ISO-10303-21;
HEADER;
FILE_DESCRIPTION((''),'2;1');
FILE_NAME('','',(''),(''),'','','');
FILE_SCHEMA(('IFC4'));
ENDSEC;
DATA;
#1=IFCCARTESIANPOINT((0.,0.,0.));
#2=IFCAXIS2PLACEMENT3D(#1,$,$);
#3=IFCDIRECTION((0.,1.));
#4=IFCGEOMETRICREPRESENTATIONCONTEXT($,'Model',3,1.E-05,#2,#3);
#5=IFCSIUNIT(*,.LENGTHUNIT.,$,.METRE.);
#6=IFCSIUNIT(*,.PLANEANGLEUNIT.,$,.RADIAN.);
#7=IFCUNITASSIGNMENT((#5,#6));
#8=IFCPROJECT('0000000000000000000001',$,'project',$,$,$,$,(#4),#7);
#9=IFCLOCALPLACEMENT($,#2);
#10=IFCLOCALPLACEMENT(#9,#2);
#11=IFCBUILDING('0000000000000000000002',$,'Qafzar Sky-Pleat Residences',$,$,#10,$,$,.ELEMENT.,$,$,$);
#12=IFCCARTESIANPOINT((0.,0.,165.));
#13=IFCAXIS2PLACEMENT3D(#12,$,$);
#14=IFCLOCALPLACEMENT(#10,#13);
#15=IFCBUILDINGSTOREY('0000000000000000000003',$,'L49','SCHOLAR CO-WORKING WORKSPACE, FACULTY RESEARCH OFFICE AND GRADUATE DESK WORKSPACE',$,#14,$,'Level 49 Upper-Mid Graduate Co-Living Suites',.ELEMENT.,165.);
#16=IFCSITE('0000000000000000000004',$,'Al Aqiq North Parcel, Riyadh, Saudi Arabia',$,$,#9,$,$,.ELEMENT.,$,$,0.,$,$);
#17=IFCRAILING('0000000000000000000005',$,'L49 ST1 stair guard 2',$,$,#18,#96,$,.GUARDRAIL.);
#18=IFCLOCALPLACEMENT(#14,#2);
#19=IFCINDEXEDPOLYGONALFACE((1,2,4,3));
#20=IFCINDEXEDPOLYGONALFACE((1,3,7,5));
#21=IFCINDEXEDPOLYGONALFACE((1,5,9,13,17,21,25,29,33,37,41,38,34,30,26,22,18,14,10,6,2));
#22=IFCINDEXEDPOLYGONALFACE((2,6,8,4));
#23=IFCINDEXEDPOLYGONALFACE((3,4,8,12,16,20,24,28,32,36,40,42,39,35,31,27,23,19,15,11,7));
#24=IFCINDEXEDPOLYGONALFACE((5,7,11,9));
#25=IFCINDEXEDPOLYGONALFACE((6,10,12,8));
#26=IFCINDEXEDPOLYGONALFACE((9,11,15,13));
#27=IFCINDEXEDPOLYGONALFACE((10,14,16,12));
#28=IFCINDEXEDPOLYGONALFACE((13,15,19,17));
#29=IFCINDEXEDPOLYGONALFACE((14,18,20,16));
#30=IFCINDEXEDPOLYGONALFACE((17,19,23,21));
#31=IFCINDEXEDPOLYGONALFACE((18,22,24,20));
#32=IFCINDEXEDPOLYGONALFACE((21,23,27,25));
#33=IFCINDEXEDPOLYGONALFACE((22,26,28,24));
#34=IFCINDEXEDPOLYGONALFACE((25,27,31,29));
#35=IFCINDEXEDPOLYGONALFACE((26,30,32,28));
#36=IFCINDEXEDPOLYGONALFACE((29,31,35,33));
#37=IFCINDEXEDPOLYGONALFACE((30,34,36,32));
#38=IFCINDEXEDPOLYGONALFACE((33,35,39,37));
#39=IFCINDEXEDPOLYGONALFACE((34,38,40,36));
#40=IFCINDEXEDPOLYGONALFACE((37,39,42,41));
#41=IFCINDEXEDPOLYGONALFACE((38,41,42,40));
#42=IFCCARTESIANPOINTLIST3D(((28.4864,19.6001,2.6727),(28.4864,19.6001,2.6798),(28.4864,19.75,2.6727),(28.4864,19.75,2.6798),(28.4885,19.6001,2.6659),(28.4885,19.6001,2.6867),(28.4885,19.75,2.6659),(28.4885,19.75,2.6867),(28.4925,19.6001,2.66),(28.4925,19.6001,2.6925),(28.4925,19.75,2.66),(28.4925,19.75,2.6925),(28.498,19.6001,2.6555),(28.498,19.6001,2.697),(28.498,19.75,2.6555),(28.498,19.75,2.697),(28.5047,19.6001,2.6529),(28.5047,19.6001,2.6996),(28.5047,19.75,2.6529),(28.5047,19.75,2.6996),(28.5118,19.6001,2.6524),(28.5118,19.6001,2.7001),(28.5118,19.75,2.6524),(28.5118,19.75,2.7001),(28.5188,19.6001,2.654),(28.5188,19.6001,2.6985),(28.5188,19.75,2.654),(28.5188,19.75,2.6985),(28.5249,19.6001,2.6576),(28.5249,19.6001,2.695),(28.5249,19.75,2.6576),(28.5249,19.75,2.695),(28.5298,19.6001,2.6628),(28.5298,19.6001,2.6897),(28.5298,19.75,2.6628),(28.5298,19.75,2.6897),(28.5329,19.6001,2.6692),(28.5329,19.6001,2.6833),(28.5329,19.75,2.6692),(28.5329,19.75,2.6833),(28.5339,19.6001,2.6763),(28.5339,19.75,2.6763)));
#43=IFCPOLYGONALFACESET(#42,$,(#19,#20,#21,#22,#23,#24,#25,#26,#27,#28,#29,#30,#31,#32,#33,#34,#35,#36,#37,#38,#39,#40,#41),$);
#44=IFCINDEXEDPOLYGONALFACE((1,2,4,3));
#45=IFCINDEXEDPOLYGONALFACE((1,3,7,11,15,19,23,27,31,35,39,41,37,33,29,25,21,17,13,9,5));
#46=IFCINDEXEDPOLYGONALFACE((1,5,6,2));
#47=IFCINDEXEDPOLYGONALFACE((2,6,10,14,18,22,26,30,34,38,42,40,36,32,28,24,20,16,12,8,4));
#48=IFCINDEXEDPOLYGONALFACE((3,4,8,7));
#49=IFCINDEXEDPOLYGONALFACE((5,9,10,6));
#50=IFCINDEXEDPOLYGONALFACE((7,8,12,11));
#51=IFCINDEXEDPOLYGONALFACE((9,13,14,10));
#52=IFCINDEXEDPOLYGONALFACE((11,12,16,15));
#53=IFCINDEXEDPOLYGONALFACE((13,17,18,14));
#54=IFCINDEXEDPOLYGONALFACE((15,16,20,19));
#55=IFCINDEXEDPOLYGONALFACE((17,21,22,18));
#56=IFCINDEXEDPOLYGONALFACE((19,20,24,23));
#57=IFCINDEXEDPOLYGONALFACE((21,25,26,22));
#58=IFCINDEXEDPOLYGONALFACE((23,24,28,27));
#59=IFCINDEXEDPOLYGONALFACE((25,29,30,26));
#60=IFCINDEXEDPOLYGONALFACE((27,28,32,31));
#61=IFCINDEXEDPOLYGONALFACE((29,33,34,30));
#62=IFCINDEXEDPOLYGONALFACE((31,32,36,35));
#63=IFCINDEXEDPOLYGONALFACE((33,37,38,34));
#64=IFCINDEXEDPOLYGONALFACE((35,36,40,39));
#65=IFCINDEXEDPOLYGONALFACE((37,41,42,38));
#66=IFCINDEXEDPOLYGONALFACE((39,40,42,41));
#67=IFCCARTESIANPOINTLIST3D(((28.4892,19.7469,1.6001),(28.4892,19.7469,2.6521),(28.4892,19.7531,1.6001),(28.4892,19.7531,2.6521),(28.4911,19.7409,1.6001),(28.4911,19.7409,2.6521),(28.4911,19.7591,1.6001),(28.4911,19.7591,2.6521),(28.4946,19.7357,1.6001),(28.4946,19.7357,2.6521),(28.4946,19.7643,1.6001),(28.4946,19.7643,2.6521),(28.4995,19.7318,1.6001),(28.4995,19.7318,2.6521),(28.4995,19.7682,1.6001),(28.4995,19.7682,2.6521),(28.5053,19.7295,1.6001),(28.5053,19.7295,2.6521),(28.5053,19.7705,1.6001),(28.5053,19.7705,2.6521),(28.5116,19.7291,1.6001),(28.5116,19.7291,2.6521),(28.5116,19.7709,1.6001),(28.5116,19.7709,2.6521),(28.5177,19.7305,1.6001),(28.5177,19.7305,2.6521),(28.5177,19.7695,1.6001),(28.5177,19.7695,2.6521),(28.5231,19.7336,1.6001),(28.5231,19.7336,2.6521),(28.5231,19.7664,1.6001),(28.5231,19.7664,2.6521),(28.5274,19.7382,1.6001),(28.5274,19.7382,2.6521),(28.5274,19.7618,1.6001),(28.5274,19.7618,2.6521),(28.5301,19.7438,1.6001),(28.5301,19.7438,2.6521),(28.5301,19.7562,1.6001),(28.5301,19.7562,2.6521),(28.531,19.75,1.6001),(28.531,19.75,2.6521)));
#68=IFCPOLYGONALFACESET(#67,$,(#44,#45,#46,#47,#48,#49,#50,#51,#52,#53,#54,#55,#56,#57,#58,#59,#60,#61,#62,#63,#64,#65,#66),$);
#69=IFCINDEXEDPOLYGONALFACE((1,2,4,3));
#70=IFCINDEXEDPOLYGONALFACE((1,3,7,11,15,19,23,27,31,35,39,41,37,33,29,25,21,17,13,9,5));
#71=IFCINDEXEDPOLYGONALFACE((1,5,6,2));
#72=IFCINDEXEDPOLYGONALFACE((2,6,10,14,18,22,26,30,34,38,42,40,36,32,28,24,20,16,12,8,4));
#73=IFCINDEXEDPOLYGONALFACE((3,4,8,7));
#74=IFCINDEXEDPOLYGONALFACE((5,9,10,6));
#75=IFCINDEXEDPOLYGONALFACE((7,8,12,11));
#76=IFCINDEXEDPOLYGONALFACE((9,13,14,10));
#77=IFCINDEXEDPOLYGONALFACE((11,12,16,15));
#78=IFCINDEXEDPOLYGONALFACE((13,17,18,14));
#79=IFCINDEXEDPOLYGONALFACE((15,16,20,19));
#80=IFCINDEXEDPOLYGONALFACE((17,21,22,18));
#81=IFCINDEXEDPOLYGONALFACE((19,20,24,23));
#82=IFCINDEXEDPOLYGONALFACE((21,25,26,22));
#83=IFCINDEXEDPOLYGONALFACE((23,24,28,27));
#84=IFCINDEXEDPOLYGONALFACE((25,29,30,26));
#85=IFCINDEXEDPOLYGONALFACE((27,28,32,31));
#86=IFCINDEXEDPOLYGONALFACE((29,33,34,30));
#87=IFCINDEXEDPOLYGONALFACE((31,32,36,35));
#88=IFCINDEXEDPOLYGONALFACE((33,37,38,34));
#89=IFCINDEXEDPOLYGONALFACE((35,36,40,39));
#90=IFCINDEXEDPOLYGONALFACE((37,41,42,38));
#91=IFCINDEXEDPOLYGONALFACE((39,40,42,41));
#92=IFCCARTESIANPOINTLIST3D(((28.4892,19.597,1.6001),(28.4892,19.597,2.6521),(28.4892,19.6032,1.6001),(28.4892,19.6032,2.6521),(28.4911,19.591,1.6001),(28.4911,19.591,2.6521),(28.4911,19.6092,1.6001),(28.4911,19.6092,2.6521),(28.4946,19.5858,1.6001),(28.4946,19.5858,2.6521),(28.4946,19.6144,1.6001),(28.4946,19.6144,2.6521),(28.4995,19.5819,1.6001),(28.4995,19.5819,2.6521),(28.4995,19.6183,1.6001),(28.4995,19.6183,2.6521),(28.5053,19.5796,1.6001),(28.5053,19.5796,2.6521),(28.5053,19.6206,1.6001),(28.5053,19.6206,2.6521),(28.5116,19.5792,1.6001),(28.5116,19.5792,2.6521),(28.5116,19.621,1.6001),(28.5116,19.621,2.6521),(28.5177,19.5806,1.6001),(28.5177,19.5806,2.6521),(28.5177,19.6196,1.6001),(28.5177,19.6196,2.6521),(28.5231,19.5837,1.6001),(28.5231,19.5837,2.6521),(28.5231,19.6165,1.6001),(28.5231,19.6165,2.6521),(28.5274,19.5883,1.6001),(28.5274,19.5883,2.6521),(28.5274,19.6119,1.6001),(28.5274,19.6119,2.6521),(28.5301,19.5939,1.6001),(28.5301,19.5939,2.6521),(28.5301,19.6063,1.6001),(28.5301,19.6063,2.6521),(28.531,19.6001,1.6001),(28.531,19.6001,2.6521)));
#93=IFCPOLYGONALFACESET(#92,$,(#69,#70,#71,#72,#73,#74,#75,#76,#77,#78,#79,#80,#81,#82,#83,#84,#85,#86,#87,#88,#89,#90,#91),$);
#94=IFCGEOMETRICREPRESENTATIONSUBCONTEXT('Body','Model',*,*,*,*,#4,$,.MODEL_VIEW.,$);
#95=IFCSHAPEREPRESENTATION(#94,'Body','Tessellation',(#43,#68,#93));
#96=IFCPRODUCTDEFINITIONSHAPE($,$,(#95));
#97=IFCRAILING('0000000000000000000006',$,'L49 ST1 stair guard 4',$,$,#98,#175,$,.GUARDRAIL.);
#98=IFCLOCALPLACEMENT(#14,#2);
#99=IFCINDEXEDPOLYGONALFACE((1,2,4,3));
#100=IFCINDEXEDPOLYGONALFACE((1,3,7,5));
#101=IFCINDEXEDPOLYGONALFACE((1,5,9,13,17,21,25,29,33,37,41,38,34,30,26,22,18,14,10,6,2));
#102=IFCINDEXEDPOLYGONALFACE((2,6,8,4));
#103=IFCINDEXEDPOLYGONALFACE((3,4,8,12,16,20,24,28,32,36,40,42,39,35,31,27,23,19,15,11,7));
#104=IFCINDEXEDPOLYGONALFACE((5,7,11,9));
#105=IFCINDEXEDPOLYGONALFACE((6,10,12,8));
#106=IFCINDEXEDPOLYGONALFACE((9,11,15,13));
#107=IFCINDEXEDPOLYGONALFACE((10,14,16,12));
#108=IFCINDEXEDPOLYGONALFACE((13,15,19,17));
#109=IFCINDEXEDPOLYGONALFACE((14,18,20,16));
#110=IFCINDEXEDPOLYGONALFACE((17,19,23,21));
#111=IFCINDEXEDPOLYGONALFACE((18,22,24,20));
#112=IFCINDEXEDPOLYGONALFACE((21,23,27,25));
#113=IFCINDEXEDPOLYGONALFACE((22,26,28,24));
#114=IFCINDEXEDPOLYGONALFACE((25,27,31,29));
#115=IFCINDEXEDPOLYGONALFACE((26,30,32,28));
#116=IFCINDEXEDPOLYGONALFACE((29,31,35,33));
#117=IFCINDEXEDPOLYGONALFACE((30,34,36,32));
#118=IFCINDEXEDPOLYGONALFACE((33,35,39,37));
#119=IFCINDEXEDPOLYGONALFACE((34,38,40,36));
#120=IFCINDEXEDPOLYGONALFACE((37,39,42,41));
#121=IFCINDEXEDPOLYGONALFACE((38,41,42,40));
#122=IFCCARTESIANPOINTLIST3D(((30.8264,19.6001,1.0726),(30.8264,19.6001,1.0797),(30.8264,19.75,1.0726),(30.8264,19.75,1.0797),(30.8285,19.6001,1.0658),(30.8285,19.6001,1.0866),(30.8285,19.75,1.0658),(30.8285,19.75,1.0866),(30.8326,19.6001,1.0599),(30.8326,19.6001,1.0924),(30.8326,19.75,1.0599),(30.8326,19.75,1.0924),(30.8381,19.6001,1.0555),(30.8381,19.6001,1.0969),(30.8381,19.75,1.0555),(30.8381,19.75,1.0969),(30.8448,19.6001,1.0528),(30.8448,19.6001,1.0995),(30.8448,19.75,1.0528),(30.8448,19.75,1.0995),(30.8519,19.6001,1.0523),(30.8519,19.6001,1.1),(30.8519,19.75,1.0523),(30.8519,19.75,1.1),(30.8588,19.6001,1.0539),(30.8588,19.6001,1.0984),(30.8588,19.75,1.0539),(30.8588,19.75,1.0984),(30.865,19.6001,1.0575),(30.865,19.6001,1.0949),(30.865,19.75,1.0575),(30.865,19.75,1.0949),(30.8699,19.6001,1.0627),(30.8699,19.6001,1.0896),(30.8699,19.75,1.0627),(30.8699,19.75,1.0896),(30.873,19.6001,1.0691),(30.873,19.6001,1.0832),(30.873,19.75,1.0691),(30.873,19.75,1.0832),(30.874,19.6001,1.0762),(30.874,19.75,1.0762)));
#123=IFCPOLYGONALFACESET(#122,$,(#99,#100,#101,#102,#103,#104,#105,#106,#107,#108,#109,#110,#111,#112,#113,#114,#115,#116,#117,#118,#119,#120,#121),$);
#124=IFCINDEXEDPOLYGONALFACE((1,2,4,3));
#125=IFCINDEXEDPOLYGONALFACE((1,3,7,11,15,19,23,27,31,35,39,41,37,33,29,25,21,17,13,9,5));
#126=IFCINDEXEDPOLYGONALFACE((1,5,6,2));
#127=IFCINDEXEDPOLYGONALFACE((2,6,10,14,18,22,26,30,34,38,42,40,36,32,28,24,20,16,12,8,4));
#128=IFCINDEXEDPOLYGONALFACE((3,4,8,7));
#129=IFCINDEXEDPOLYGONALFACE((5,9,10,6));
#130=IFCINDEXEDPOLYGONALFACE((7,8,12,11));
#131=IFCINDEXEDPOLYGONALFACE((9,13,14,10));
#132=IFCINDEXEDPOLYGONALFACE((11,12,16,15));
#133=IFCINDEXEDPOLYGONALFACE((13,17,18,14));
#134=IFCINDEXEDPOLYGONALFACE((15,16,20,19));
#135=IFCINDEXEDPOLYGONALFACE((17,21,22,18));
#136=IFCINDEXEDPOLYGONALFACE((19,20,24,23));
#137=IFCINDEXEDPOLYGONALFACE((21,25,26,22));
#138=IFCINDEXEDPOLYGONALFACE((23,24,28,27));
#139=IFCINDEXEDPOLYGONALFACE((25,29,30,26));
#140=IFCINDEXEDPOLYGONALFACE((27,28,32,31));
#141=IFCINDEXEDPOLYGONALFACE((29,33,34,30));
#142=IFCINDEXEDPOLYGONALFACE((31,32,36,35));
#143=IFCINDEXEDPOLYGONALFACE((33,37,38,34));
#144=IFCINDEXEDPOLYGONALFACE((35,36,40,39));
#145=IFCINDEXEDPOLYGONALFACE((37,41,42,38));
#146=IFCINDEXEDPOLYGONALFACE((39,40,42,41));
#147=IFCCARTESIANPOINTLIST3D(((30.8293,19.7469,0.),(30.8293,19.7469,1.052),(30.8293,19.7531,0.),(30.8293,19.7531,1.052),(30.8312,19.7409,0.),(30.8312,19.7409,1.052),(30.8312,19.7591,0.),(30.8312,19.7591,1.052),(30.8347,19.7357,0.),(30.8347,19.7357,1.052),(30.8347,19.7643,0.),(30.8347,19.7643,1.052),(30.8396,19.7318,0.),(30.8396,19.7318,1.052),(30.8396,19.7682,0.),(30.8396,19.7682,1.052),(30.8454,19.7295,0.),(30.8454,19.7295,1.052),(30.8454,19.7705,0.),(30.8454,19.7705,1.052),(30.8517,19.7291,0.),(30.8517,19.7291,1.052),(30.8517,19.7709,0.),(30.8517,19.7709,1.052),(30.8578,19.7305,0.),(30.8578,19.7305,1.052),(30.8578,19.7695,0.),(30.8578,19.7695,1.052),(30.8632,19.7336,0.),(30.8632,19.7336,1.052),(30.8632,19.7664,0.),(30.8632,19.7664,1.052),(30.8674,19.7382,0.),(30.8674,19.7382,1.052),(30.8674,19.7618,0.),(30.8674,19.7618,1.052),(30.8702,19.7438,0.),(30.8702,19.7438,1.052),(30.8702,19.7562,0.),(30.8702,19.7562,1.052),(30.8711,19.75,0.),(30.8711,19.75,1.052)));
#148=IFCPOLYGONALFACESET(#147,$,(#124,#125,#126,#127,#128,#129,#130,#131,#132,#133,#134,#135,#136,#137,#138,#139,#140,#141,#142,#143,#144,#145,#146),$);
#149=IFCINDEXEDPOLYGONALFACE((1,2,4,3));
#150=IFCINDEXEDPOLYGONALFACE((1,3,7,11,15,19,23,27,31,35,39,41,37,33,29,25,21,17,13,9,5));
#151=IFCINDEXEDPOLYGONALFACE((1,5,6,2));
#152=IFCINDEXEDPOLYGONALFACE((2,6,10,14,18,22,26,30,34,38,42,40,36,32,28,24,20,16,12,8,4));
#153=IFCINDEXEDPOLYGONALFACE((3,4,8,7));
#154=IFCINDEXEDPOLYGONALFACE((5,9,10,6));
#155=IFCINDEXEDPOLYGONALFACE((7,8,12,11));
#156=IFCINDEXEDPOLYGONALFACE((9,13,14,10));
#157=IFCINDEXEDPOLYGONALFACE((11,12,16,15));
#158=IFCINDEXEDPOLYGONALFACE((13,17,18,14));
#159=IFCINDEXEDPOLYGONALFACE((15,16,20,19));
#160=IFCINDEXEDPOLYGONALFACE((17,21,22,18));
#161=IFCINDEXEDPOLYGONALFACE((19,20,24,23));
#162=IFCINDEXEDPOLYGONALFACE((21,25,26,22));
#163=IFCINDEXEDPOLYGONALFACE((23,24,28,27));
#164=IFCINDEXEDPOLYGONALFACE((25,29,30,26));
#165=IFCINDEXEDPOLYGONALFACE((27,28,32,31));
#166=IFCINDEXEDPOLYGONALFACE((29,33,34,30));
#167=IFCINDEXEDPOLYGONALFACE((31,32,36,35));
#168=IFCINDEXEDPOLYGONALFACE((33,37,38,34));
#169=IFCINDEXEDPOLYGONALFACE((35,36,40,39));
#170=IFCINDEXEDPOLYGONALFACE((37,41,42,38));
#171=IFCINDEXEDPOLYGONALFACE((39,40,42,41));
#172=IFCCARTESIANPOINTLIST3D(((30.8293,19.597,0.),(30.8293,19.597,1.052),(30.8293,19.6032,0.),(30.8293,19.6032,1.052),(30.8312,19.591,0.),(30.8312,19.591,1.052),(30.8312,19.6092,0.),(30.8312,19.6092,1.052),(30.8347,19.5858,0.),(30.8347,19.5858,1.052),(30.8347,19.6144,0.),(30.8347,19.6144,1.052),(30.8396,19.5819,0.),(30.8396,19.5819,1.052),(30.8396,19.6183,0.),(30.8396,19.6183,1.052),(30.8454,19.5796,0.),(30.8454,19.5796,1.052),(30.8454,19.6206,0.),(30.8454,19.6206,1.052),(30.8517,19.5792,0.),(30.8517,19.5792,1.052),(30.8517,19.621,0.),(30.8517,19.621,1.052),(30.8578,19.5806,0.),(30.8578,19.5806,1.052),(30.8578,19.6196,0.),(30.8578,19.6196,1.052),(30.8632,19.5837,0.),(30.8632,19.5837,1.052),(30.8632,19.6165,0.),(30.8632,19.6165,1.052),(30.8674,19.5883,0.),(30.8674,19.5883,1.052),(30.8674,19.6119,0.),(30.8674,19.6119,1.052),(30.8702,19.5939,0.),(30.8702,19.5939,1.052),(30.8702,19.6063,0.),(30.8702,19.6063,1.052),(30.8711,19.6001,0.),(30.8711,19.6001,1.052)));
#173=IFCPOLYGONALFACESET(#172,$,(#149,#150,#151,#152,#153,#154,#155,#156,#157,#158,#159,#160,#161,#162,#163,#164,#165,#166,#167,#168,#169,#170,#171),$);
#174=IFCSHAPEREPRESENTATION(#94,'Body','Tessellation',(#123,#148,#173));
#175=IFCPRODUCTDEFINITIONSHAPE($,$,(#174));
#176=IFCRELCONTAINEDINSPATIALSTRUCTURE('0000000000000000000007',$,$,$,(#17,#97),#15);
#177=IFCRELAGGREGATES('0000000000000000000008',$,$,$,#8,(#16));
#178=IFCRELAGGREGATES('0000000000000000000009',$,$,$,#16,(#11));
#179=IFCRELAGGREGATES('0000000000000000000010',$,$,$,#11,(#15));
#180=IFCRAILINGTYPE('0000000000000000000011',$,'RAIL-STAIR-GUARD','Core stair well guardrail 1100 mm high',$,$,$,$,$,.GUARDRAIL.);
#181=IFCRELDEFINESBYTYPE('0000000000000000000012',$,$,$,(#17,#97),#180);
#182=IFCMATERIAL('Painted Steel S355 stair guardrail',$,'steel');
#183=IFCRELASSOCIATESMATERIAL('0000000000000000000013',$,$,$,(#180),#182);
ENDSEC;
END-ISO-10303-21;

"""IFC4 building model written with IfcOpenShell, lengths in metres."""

from ifc_helpers import new_model, si_unit, direction, frame, origin, origin_2d, place, context, subcontext, project, spatial, circle, extrude, source, transform, mapped, material, type_object, element, save


model = new_model("IFC4")

# Units and contexts
model_context = context("Model", 3, precision=1e-05, world=origin(), true_north=direction((0.0, 1.0)))
body_context = subcontext(model_context, "Body", "Model", "MODEL_VIEW")
ifc_project = project(units=[si_unit("LENGTHUNIT", "METRE"), si_unit("PLANEANGLEUNIT", "RADIAN")], contexts=[model_context])

# Site, building, storey
site_placement = place(None, origin())
site = spatial("IfcSite", under=ifc_project, at=site_placement, Name="Al Aqiq North Parcel, Riyadh, Saudi Arabia", CompositionType="ELEMENT", RefElevation=0.0)
building_placement = place(site_placement, origin())
building = spatial("IfcBuilding", under=site, at=building_placement, Name="Qafzar Sky-Pleat Residences", CompositionType="ELEMENT")
storey_placement = place(building_placement, frame((0.0, 0.0, 165.0)))
storey = spatial("IfcBuildingStorey", under=building, at=storey_placement, Name="L49", Description="SCHOLAR CO-WORKING WORKSPACE, FACULTY RESEARCH OFFICE AND GRADUATE DESK WORKSPACE", LongName="Level 49 Upper-Mid Graduate Co-Living Suites", CompositionType="ELEMENT", Elevation=165.0)

# Railings
ifc_material_1 = material(Name="Painted Steel S355 stair guardrail", Category="steel")
railing_type_1 = type_object("IfcRailingType", Name="RAIL-STAIR-GUARD", Description="Core stair well guardrail 1100 mm high", PredefinedType="GUARDRAIL", material=ifc_material_1)
shared_shape_1 = source(origin(), body_context, "Body", "SweptSolid", [
    extrude(circle(Radius=0.0239, at=origin_2d()), frame((0.0, 0.0, 1.0762), z_axis=(0.0, -1.0, 0.0), x_axis=(1.0, 0.0, 0.0)), (0.0, 0.0, 1.0), 0.1499),
    extrude(circle(Radius=0.021, at=origin_2d()), origin(), (0.0, 0.0, 1.0), 1.052),
    extrude(circle(Radius=0.021, at=origin_2d()), frame((0.0, -0.1499, 0.0)), (0.0, 0.0, 1.0), 1.052),
])
for number, where, name in (
    (1, (28.51, 19.75, 1.6001), "L49 ST1 stair guard 2"),
    (2, (30.8501, 19.75, 0.0), "L49 ST1 stair guard 4"),
):
    element("IfcRailing", number, at=place(storey_placement, frame(where)), inside=storey, type_object=railing_type_1, Name=name, PredefinedType="GUARDRAIL", context=body_context, shape_type="MappedRepresentation", body=[
        mapped(shared_shape_1, transform((0.0, 0.0, 0.0), x_axis=(1.0, 0.0, 0.0), y_axis=(0.0, 1.0, 0.0), z_axis=(0.0, 0.0, 1.0), scale=1.0)),
    ])

save(model, "model.ifc")
